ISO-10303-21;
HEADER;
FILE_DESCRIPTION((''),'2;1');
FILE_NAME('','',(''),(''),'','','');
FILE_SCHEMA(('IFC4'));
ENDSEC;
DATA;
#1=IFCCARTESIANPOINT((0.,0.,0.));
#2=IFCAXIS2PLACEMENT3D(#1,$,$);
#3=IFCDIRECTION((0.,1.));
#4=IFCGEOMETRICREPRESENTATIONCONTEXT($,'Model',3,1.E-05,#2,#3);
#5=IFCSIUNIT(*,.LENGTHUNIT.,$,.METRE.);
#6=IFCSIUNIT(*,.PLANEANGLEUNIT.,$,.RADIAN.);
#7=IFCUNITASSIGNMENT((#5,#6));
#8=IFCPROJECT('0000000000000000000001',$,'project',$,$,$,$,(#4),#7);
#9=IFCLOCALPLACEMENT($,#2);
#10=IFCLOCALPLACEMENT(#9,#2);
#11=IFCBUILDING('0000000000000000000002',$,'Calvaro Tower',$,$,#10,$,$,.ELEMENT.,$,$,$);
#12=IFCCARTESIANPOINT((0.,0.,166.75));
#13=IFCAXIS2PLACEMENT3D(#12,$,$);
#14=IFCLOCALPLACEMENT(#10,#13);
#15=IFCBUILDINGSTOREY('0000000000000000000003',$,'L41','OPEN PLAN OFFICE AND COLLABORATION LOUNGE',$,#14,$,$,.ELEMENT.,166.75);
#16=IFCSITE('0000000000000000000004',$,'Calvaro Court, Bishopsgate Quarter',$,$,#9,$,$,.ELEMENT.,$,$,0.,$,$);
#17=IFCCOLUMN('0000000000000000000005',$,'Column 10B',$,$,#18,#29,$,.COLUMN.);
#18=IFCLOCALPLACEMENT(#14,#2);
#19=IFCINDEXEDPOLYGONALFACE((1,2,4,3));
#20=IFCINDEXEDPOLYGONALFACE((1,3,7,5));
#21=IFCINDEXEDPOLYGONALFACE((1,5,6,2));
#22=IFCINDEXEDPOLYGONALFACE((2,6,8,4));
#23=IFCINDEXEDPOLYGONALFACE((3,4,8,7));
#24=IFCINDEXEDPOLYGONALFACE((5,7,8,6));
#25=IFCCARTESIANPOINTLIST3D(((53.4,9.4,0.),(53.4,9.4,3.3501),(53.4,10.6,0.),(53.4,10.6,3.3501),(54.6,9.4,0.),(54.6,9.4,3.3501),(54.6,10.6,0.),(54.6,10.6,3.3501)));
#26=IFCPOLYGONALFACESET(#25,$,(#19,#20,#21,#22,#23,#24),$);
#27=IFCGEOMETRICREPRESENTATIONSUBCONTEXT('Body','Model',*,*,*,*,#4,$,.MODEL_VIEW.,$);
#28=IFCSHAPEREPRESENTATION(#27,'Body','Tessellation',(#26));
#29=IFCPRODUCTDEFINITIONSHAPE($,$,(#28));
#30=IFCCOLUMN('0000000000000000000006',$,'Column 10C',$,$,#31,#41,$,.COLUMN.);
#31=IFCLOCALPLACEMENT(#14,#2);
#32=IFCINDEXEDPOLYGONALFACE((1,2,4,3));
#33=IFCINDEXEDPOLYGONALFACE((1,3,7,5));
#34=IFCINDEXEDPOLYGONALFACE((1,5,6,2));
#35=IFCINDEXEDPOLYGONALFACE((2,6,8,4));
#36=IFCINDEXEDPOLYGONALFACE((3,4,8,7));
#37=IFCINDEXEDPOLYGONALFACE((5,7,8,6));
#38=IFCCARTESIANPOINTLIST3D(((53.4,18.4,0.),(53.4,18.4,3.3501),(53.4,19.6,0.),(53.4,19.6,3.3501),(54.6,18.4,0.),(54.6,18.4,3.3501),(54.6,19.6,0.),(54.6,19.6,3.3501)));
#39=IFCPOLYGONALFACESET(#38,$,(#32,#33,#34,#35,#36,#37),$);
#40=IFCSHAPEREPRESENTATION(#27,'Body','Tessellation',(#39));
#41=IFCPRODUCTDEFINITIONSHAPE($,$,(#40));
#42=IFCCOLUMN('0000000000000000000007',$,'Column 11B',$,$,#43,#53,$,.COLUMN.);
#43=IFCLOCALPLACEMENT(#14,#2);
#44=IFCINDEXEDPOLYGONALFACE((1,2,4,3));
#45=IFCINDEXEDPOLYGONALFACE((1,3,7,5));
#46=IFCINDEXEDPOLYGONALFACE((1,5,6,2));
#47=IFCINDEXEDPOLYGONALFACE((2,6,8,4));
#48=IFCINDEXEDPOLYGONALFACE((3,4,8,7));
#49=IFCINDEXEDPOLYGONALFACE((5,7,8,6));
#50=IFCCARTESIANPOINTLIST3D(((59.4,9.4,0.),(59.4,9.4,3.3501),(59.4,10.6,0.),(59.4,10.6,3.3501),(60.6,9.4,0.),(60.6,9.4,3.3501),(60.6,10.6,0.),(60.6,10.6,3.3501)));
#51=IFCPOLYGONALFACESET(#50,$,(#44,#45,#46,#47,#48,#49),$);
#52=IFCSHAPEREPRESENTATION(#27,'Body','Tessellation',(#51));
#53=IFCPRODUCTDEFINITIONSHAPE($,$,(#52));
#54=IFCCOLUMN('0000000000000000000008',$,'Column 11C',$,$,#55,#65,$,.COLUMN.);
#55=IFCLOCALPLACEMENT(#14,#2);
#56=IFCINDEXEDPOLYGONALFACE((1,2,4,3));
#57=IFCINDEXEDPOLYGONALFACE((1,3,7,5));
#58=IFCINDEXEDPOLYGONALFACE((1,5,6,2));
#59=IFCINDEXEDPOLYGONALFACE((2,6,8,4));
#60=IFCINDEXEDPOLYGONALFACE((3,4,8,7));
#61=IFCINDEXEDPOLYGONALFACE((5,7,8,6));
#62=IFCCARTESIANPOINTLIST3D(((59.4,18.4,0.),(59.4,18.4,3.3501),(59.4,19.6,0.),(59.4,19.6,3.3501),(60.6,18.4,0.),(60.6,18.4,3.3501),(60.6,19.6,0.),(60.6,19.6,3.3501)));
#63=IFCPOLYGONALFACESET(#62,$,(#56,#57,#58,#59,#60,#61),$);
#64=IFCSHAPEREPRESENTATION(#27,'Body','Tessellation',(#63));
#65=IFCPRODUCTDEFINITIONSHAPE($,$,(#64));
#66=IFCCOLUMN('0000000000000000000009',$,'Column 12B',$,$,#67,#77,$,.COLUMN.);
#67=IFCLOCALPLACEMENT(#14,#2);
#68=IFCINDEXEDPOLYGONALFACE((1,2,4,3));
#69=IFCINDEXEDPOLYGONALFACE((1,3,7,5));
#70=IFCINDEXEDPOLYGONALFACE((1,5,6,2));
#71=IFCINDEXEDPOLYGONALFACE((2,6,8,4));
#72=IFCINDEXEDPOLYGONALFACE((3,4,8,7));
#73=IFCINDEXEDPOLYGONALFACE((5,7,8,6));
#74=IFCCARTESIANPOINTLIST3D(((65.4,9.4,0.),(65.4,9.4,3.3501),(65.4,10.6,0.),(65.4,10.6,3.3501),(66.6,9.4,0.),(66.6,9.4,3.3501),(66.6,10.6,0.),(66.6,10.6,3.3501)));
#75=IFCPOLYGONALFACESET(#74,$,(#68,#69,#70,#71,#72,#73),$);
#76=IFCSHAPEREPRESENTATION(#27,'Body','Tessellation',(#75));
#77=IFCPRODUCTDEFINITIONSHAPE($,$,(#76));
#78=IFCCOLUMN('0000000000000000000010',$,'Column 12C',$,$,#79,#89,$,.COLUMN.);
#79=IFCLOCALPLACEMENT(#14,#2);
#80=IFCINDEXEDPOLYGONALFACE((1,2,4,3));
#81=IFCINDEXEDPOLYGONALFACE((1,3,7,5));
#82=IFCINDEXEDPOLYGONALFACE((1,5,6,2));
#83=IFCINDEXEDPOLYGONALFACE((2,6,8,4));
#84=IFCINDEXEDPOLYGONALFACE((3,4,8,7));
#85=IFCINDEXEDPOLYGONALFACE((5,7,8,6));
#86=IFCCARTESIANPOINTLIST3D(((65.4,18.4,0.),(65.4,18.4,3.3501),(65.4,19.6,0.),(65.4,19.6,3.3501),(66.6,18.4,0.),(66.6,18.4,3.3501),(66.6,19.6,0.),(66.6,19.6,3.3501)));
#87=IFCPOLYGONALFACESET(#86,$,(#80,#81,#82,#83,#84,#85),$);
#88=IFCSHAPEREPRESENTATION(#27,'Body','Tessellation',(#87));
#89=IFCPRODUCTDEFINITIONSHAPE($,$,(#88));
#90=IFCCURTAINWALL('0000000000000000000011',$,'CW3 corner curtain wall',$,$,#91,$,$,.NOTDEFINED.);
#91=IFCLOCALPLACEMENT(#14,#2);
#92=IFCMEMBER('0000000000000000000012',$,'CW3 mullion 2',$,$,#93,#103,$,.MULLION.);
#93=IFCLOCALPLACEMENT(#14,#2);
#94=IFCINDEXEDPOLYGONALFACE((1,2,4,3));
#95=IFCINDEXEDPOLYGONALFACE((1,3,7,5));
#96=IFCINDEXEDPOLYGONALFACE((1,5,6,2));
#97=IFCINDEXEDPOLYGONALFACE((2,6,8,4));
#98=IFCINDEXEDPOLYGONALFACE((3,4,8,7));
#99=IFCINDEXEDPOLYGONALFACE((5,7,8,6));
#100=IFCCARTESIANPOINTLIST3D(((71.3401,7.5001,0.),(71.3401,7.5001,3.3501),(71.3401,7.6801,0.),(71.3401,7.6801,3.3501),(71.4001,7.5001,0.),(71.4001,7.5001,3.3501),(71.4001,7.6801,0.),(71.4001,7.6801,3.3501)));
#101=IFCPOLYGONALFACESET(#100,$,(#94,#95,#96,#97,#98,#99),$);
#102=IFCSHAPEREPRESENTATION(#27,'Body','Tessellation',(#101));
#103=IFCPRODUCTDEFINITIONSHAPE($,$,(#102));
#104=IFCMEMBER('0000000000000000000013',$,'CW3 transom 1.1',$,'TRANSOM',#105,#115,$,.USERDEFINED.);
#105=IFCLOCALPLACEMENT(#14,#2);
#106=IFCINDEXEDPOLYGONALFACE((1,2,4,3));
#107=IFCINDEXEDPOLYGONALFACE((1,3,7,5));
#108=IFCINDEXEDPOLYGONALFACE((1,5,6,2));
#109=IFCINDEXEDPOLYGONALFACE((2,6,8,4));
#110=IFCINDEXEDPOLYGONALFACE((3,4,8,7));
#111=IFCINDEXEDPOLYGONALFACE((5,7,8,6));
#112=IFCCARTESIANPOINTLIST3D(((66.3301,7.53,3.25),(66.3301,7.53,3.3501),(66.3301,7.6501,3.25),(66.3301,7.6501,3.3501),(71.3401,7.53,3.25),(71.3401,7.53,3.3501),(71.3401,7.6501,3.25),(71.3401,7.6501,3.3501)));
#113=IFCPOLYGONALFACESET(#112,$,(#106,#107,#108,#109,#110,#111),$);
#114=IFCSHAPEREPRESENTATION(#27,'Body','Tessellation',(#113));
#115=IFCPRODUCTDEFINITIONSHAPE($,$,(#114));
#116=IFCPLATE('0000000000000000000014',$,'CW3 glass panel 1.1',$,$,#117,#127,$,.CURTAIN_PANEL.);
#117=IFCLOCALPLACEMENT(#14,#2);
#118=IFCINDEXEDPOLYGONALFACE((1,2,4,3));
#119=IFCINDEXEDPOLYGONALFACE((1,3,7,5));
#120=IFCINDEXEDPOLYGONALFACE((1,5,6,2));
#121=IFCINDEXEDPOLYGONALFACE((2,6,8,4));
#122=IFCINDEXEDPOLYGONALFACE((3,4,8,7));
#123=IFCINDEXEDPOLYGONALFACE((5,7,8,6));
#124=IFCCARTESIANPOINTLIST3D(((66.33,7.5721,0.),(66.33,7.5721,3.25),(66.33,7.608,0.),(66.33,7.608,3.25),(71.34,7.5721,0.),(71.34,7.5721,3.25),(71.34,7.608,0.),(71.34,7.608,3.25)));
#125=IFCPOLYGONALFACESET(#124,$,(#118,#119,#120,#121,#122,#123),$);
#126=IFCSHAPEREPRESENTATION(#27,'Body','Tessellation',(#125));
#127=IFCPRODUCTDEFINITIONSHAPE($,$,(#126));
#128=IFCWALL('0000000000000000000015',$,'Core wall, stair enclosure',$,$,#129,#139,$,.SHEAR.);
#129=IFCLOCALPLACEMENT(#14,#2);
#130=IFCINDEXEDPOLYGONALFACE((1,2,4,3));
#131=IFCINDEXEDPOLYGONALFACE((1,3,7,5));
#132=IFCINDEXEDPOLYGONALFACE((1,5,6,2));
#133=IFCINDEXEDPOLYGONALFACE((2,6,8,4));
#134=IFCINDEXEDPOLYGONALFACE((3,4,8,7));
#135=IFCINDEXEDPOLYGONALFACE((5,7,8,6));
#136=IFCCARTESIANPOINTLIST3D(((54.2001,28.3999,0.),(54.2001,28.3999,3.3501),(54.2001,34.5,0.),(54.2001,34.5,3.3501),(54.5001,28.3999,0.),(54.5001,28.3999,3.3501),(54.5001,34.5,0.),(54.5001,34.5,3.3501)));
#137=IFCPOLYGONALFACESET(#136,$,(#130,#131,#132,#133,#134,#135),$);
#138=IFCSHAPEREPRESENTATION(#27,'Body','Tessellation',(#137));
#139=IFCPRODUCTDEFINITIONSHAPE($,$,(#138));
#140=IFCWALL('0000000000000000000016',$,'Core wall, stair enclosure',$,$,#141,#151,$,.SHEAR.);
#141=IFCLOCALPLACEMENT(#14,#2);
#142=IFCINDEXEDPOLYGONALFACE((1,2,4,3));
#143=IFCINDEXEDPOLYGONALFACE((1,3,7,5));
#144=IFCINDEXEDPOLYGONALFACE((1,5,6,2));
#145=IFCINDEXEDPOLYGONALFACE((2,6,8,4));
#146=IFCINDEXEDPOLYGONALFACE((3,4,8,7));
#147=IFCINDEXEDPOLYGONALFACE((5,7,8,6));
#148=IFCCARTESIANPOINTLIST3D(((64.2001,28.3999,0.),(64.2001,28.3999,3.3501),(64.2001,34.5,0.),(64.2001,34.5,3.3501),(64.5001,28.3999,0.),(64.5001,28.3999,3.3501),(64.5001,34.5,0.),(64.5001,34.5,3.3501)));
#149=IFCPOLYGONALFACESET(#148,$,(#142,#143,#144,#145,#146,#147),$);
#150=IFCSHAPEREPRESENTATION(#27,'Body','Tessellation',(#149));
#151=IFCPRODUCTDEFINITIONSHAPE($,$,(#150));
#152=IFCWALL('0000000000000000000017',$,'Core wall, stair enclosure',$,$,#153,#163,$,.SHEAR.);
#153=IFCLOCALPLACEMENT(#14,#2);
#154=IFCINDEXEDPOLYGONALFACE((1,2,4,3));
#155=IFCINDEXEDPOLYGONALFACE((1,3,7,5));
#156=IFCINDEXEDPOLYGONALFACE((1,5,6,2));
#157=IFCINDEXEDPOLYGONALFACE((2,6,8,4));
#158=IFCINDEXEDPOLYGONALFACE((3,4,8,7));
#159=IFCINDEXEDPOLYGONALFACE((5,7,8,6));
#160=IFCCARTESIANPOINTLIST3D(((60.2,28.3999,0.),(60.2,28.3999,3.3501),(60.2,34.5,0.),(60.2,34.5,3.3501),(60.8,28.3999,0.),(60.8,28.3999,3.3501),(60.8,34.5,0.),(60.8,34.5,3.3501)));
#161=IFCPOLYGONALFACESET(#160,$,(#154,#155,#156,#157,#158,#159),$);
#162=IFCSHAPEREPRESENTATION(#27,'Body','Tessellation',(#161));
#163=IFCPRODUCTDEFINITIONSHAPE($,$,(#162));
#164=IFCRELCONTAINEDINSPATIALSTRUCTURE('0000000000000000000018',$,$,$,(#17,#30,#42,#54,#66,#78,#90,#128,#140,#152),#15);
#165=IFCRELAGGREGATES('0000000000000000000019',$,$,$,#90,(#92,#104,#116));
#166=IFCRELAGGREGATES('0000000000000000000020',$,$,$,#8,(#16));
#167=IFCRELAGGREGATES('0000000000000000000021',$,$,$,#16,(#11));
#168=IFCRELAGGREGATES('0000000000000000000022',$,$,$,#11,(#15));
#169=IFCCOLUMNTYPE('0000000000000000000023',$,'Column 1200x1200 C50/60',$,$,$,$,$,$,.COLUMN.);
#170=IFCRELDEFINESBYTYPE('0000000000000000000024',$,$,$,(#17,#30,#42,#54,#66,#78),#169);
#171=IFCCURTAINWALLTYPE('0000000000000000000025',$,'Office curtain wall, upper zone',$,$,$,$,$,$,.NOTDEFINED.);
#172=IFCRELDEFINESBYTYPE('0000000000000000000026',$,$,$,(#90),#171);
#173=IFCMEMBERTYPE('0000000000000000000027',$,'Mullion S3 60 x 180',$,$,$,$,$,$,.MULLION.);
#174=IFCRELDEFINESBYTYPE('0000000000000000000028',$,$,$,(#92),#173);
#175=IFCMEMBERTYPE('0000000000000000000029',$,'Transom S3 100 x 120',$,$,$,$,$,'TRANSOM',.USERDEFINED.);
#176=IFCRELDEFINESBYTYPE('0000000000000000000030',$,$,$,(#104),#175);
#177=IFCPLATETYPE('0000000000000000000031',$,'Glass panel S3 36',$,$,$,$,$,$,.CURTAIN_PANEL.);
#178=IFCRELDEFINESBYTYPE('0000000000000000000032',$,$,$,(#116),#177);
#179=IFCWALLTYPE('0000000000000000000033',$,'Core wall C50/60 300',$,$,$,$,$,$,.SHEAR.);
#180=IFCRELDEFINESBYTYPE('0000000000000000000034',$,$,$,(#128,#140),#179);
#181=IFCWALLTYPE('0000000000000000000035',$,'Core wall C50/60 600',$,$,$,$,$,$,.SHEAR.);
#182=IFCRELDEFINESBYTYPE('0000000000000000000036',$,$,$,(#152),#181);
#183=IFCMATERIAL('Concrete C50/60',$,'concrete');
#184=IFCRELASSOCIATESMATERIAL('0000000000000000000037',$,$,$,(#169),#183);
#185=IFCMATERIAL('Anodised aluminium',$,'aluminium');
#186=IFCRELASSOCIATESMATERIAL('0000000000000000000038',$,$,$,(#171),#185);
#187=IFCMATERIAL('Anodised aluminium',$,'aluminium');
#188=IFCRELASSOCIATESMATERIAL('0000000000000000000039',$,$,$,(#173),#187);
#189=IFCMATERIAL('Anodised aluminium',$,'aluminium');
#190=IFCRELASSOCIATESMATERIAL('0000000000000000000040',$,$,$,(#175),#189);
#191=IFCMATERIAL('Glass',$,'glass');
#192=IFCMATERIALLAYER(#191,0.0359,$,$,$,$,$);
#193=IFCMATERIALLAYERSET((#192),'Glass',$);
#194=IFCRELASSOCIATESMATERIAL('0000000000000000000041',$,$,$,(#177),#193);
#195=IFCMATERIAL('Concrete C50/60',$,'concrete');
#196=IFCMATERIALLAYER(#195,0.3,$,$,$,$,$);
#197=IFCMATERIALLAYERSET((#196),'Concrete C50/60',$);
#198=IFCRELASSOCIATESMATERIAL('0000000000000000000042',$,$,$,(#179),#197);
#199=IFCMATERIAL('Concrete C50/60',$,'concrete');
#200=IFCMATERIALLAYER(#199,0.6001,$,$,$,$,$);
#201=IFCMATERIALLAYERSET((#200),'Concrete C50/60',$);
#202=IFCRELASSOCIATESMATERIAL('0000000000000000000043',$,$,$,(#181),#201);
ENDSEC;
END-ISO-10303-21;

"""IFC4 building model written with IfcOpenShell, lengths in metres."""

from ifc_helpers import new_model, si_unit, direction, frame, frame_2d, origin, origin_2d, place, context, subcontext, project, spatial, rectangle, extrude, material, layer, layer_set, material_profile, profile_set, type_object, element, aggregate, save


model = new_model("IFC4")

# Units and contexts
model_context = context("Model", 3, precision=1e-05, world=origin(), true_north=direction((0.0, 1.0)))
body_context = subcontext(model_context, "Body", "Model", "MODEL_VIEW")
ifc_project = project(units=[si_unit("LENGTHUNIT", "METRE"), si_unit("PLANEANGLEUNIT", "RADIAN")], contexts=[model_context])

# Site, building, storey
site_placement = place(None, origin())
site = spatial("IfcSite", under=ifc_project, at=site_placement, Name="Calvaro Court, Bishopsgate Quarter", CompositionType="ELEMENT", RefElevation=0.0)
building_placement = place(site_placement, origin())
building = spatial("IfcBuilding", under=site, at=building_placement, Name="Calvaro Tower", CompositionType="ELEMENT")
storey_placement = place(building_placement, frame((0.0, 0.0, 166.75)))
storey = spatial("IfcBuildingStorey", under=building, at=storey_placement, Name="L41", Description="OPEN PLAN OFFICE AND COLLABORATION LOUNGE", CompositionType="ELEMENT", Elevation=166.75)

# Columns
ifc_material_1 = material(Name="Concrete C50/60", Category="concrete")
ifc_material_profile_1 = material_profile(ifc_material_1, rectangle(XDim=1.2, YDim=1.2, at=origin_2d()), Name="RC 1200x1200")
ifc_profile_set_1 = profile_set([ifc_material_profile_1], Name="Concrete C50/60")
column_type = type_object("IfcColumnType", Name="Column 1200x1200 C50/60", PredefinedType="COLUMN", material=ifc_profile_set_1)
for number, where, z_axis, x_axis, name in (
    (1, (54.0, 10.0, 0.0), (0.0, 0.0, 1.0), (1.0, 0.0, 0.0), "Column 10B"),
    (2, (54.0, 19.0, 0.0), (0.0, 0.0, 1.0), (1.0, 0.0, 0.0), "Column 10C"),
    (3, (60.0, 10.0, 0.0), (0.0, 0.0, 1.0), (1.0, 0.0, 0.0), "Column 11B"),
    (4, (60.0, 19.0, 0.0), (0.0, 0.0, 1.0), (1.0, 0.0, 0.0), "Column 11C"),
    (5, (66.0, 10.0, 0.0), (0.0, 0.0, 1.0), (1.0, 0.0, 0.0), "Column 12B"),
    (6, (66.0, 19.0, 0.0), (0.0, 0.0, 1.0), (1.0, 0.0, 0.0), "Column 12C"),
):
    element("IfcColumn", number, at=place(storey_placement, frame(where, z_axis=z_axis, x_axis=x_axis)), inside=storey, type_object=column_type, Name=name, PredefinedType="COLUMN", context=body_context, shape_type="SweptSolid", body=[
        extrude(rectangle(XDim=1.2, YDim=1.2, at=origin_2d()), origin(), (0.0, 0.0, 1.0), 3.3501),
    ])

# Curtain wall, members, plate
ifc_material_2 = material(Name="Anodised aluminium", Category="aluminium")
curtain_wall_type = type_object("IfcCurtainWallType", Name="Office curtain wall, upper zone", PredefinedType="NOTDEFINED", material=ifc_material_2)
curtain_wall_placement = place(storey_placement, origin())
curtain_wall = element("IfcCurtainWall", 7, at=curtain_wall_placement, inside=storey, type_object=curtain_wall_type, Name="CW3 corner curtain wall", PredefinedType="NOTDEFINED")
ifc_material_3 = material(Name="Anodised aluminium", Category="aluminium")
ifc_material_profile_2 = material_profile(ifc_material_3, rectangle(XDim=0.1799, YDim=0.0601, at=origin_2d()), Name="Mullion S3 60 x 180")
ifc_profile_set_2 = profile_set([ifc_material_profile_2], Name="Anodised aluminium")
member_type_1 = type_object("IfcMemberType", Name="Mullion S3 60 x 180", PredefinedType="MULLION", material=ifc_profile_set_2)
member_1_placement = place(storey_placement, frame((71.3701, 7.5901, 0.0), z_axis=(0.0, 0.0, 1.0), x_axis=(0.0, 1.0, 0.0)))
member_1 = element("IfcMember", 8, at=member_1_placement, type_object=member_type_1, Name="CW3 mullion 2", PredefinedType="MULLION", context=body_context, shape_type="SweptSolid", body=[
    extrude(rectangle(XDim=0.1799, YDim=0.0601, at=origin_2d()), origin(), (0.0, 0.0, 1.0), 3.3501),
])
ifc_material_4 = material(Name="Anodised aluminium", Category="aluminium")
ifc_material_profile_3 = material_profile(ifc_material_4, rectangle(XDim=0.1201, YDim=0.1001, at=origin_2d()), Name="Transom S3 100 x 120")
ifc_profile_set_3 = profile_set([ifc_material_profile_3], Name="Anodised aluminium")
member_type_2 = type_object("IfcMemberType", Name="Transom S3 100 x 120", ElementType="TRANSOM", PredefinedType="USERDEFINED", material=ifc_profile_set_3)
member_2_placement = place(storey_placement, frame((66.3301, 7.5901, 3.3), z_axis=(1.0, 0.0, 0.0), x_axis=(0.0, 1.0, 0.0)))
member_2 = element("IfcMember", 9, at=member_2_placement, type_object=member_type_2, Name="CW3 transom 1.1", ObjectType="TRANSOM", PredefinedType="USERDEFINED", context=body_context, shape_type="SweptSolid", body=[
    extrude(rectangle(XDim=0.1201, YDim=0.1001, at=origin_2d()), origin(), (0.0, 0.0, 1.0), 5.01),
])
ifc_material_5 = material(Name="Glass", Category="glass")
ifc_layer_1 = layer(ifc_material_5, 0.0359)
ifc_layer_set_1 = layer_set([ifc_layer_1], Name="Glass")
plate_type = type_object("IfcPlateType", Name="Glass panel S3 36", PredefinedType="CURTAIN_PANEL", material=ifc_layer_set_1)
plate_placement = place(storey_placement, frame((68.835, 7.5901, 0.0), z_axis=(0.0, 0.0, 1.0), x_axis=(1.0, 0.0, 0.0)))
plate = element("IfcPlate", 10, at=plate_placement, type_object=plate_type, Name="CW3 glass panel 1.1", PredefinedType="CURTAIN_PANEL", context=body_context, shape_type="SweptSolid", body=[
    extrude(rectangle(XDim=5.01, YDim=0.0359, at=origin_2d()), origin(), (0.0, 0.0, 1.0), 3.25),
])
aggregate(curtain_wall, [member_1, member_2, plate])

# Walls
ifc_material_6 = material(Name="Concrete C50/60", Category="concrete")
ifc_layer_2 = layer(ifc_material_6, 0.3)
ifc_layer_set_2 = layer_set([ifc_layer_2], Name="Concrete C50/60")
wall_type_1 = type_object("IfcWallType", Name="Core wall C50/60 300", PredefinedType="SHEAR", material=ifc_layer_set_2)
for number, where, z_axis, x_axis, name in (
    (11, (54.3501, 28.3999, 0.0), (0.0, 0.0, 1.0), (0.0, 1.0, 0.0), "Core wall, stair enclosure"),
    (12, (64.3501, 28.3999, 0.0), (0.0, 0.0, 1.0), (0.0, 1.0, 0.0), "Core wall, stair enclosure"),
):
    element("IfcWall", number, at=place(storey_placement, frame(where, z_axis=z_axis, x_axis=x_axis)), inside=storey, type_object=wall_type_1, Name=name, PredefinedType="SHEAR", context=body_context, shape_type="SweptSolid", body=[
        extrude(rectangle(XDim=6.1001, YDim=0.3, at=frame_2d((3.05, 0.0))), origin(), (0.0, 0.0, 1.0), 3.3501),
    ])
ifc_material_7 = material(Name="Concrete C50/60", Category="concrete")
ifc_layer_3 = layer(ifc_material_7, 0.6001)
ifc_layer_set_3 = layer_set([ifc_layer_3], Name="Concrete C50/60")
wall_type_2 = type_object("IfcWallType", Name="Core wall C50/60 600", PredefinedType="SHEAR", material=ifc_layer_set_3)
wall_1_placement = place(storey_placement, frame((60.5, 28.3999, 0.0), z_axis=(0.0, 0.0, 1.0), x_axis=(0.0, 1.0, 0.0)))
element("IfcWall", 13, at=wall_1_placement, inside=storey, type_object=wall_type_2, Name="Core wall, stair enclosure", PredefinedType="SHEAR", context=body_context, shape_type="SweptSolid", body=[
    extrude(rectangle(XDim=6.1001, YDim=0.6001, at=frame_2d((3.05, 0.0))), origin(), (0.0, 0.0, 1.0), 3.3501),
])

save(model, "model.ifc")
